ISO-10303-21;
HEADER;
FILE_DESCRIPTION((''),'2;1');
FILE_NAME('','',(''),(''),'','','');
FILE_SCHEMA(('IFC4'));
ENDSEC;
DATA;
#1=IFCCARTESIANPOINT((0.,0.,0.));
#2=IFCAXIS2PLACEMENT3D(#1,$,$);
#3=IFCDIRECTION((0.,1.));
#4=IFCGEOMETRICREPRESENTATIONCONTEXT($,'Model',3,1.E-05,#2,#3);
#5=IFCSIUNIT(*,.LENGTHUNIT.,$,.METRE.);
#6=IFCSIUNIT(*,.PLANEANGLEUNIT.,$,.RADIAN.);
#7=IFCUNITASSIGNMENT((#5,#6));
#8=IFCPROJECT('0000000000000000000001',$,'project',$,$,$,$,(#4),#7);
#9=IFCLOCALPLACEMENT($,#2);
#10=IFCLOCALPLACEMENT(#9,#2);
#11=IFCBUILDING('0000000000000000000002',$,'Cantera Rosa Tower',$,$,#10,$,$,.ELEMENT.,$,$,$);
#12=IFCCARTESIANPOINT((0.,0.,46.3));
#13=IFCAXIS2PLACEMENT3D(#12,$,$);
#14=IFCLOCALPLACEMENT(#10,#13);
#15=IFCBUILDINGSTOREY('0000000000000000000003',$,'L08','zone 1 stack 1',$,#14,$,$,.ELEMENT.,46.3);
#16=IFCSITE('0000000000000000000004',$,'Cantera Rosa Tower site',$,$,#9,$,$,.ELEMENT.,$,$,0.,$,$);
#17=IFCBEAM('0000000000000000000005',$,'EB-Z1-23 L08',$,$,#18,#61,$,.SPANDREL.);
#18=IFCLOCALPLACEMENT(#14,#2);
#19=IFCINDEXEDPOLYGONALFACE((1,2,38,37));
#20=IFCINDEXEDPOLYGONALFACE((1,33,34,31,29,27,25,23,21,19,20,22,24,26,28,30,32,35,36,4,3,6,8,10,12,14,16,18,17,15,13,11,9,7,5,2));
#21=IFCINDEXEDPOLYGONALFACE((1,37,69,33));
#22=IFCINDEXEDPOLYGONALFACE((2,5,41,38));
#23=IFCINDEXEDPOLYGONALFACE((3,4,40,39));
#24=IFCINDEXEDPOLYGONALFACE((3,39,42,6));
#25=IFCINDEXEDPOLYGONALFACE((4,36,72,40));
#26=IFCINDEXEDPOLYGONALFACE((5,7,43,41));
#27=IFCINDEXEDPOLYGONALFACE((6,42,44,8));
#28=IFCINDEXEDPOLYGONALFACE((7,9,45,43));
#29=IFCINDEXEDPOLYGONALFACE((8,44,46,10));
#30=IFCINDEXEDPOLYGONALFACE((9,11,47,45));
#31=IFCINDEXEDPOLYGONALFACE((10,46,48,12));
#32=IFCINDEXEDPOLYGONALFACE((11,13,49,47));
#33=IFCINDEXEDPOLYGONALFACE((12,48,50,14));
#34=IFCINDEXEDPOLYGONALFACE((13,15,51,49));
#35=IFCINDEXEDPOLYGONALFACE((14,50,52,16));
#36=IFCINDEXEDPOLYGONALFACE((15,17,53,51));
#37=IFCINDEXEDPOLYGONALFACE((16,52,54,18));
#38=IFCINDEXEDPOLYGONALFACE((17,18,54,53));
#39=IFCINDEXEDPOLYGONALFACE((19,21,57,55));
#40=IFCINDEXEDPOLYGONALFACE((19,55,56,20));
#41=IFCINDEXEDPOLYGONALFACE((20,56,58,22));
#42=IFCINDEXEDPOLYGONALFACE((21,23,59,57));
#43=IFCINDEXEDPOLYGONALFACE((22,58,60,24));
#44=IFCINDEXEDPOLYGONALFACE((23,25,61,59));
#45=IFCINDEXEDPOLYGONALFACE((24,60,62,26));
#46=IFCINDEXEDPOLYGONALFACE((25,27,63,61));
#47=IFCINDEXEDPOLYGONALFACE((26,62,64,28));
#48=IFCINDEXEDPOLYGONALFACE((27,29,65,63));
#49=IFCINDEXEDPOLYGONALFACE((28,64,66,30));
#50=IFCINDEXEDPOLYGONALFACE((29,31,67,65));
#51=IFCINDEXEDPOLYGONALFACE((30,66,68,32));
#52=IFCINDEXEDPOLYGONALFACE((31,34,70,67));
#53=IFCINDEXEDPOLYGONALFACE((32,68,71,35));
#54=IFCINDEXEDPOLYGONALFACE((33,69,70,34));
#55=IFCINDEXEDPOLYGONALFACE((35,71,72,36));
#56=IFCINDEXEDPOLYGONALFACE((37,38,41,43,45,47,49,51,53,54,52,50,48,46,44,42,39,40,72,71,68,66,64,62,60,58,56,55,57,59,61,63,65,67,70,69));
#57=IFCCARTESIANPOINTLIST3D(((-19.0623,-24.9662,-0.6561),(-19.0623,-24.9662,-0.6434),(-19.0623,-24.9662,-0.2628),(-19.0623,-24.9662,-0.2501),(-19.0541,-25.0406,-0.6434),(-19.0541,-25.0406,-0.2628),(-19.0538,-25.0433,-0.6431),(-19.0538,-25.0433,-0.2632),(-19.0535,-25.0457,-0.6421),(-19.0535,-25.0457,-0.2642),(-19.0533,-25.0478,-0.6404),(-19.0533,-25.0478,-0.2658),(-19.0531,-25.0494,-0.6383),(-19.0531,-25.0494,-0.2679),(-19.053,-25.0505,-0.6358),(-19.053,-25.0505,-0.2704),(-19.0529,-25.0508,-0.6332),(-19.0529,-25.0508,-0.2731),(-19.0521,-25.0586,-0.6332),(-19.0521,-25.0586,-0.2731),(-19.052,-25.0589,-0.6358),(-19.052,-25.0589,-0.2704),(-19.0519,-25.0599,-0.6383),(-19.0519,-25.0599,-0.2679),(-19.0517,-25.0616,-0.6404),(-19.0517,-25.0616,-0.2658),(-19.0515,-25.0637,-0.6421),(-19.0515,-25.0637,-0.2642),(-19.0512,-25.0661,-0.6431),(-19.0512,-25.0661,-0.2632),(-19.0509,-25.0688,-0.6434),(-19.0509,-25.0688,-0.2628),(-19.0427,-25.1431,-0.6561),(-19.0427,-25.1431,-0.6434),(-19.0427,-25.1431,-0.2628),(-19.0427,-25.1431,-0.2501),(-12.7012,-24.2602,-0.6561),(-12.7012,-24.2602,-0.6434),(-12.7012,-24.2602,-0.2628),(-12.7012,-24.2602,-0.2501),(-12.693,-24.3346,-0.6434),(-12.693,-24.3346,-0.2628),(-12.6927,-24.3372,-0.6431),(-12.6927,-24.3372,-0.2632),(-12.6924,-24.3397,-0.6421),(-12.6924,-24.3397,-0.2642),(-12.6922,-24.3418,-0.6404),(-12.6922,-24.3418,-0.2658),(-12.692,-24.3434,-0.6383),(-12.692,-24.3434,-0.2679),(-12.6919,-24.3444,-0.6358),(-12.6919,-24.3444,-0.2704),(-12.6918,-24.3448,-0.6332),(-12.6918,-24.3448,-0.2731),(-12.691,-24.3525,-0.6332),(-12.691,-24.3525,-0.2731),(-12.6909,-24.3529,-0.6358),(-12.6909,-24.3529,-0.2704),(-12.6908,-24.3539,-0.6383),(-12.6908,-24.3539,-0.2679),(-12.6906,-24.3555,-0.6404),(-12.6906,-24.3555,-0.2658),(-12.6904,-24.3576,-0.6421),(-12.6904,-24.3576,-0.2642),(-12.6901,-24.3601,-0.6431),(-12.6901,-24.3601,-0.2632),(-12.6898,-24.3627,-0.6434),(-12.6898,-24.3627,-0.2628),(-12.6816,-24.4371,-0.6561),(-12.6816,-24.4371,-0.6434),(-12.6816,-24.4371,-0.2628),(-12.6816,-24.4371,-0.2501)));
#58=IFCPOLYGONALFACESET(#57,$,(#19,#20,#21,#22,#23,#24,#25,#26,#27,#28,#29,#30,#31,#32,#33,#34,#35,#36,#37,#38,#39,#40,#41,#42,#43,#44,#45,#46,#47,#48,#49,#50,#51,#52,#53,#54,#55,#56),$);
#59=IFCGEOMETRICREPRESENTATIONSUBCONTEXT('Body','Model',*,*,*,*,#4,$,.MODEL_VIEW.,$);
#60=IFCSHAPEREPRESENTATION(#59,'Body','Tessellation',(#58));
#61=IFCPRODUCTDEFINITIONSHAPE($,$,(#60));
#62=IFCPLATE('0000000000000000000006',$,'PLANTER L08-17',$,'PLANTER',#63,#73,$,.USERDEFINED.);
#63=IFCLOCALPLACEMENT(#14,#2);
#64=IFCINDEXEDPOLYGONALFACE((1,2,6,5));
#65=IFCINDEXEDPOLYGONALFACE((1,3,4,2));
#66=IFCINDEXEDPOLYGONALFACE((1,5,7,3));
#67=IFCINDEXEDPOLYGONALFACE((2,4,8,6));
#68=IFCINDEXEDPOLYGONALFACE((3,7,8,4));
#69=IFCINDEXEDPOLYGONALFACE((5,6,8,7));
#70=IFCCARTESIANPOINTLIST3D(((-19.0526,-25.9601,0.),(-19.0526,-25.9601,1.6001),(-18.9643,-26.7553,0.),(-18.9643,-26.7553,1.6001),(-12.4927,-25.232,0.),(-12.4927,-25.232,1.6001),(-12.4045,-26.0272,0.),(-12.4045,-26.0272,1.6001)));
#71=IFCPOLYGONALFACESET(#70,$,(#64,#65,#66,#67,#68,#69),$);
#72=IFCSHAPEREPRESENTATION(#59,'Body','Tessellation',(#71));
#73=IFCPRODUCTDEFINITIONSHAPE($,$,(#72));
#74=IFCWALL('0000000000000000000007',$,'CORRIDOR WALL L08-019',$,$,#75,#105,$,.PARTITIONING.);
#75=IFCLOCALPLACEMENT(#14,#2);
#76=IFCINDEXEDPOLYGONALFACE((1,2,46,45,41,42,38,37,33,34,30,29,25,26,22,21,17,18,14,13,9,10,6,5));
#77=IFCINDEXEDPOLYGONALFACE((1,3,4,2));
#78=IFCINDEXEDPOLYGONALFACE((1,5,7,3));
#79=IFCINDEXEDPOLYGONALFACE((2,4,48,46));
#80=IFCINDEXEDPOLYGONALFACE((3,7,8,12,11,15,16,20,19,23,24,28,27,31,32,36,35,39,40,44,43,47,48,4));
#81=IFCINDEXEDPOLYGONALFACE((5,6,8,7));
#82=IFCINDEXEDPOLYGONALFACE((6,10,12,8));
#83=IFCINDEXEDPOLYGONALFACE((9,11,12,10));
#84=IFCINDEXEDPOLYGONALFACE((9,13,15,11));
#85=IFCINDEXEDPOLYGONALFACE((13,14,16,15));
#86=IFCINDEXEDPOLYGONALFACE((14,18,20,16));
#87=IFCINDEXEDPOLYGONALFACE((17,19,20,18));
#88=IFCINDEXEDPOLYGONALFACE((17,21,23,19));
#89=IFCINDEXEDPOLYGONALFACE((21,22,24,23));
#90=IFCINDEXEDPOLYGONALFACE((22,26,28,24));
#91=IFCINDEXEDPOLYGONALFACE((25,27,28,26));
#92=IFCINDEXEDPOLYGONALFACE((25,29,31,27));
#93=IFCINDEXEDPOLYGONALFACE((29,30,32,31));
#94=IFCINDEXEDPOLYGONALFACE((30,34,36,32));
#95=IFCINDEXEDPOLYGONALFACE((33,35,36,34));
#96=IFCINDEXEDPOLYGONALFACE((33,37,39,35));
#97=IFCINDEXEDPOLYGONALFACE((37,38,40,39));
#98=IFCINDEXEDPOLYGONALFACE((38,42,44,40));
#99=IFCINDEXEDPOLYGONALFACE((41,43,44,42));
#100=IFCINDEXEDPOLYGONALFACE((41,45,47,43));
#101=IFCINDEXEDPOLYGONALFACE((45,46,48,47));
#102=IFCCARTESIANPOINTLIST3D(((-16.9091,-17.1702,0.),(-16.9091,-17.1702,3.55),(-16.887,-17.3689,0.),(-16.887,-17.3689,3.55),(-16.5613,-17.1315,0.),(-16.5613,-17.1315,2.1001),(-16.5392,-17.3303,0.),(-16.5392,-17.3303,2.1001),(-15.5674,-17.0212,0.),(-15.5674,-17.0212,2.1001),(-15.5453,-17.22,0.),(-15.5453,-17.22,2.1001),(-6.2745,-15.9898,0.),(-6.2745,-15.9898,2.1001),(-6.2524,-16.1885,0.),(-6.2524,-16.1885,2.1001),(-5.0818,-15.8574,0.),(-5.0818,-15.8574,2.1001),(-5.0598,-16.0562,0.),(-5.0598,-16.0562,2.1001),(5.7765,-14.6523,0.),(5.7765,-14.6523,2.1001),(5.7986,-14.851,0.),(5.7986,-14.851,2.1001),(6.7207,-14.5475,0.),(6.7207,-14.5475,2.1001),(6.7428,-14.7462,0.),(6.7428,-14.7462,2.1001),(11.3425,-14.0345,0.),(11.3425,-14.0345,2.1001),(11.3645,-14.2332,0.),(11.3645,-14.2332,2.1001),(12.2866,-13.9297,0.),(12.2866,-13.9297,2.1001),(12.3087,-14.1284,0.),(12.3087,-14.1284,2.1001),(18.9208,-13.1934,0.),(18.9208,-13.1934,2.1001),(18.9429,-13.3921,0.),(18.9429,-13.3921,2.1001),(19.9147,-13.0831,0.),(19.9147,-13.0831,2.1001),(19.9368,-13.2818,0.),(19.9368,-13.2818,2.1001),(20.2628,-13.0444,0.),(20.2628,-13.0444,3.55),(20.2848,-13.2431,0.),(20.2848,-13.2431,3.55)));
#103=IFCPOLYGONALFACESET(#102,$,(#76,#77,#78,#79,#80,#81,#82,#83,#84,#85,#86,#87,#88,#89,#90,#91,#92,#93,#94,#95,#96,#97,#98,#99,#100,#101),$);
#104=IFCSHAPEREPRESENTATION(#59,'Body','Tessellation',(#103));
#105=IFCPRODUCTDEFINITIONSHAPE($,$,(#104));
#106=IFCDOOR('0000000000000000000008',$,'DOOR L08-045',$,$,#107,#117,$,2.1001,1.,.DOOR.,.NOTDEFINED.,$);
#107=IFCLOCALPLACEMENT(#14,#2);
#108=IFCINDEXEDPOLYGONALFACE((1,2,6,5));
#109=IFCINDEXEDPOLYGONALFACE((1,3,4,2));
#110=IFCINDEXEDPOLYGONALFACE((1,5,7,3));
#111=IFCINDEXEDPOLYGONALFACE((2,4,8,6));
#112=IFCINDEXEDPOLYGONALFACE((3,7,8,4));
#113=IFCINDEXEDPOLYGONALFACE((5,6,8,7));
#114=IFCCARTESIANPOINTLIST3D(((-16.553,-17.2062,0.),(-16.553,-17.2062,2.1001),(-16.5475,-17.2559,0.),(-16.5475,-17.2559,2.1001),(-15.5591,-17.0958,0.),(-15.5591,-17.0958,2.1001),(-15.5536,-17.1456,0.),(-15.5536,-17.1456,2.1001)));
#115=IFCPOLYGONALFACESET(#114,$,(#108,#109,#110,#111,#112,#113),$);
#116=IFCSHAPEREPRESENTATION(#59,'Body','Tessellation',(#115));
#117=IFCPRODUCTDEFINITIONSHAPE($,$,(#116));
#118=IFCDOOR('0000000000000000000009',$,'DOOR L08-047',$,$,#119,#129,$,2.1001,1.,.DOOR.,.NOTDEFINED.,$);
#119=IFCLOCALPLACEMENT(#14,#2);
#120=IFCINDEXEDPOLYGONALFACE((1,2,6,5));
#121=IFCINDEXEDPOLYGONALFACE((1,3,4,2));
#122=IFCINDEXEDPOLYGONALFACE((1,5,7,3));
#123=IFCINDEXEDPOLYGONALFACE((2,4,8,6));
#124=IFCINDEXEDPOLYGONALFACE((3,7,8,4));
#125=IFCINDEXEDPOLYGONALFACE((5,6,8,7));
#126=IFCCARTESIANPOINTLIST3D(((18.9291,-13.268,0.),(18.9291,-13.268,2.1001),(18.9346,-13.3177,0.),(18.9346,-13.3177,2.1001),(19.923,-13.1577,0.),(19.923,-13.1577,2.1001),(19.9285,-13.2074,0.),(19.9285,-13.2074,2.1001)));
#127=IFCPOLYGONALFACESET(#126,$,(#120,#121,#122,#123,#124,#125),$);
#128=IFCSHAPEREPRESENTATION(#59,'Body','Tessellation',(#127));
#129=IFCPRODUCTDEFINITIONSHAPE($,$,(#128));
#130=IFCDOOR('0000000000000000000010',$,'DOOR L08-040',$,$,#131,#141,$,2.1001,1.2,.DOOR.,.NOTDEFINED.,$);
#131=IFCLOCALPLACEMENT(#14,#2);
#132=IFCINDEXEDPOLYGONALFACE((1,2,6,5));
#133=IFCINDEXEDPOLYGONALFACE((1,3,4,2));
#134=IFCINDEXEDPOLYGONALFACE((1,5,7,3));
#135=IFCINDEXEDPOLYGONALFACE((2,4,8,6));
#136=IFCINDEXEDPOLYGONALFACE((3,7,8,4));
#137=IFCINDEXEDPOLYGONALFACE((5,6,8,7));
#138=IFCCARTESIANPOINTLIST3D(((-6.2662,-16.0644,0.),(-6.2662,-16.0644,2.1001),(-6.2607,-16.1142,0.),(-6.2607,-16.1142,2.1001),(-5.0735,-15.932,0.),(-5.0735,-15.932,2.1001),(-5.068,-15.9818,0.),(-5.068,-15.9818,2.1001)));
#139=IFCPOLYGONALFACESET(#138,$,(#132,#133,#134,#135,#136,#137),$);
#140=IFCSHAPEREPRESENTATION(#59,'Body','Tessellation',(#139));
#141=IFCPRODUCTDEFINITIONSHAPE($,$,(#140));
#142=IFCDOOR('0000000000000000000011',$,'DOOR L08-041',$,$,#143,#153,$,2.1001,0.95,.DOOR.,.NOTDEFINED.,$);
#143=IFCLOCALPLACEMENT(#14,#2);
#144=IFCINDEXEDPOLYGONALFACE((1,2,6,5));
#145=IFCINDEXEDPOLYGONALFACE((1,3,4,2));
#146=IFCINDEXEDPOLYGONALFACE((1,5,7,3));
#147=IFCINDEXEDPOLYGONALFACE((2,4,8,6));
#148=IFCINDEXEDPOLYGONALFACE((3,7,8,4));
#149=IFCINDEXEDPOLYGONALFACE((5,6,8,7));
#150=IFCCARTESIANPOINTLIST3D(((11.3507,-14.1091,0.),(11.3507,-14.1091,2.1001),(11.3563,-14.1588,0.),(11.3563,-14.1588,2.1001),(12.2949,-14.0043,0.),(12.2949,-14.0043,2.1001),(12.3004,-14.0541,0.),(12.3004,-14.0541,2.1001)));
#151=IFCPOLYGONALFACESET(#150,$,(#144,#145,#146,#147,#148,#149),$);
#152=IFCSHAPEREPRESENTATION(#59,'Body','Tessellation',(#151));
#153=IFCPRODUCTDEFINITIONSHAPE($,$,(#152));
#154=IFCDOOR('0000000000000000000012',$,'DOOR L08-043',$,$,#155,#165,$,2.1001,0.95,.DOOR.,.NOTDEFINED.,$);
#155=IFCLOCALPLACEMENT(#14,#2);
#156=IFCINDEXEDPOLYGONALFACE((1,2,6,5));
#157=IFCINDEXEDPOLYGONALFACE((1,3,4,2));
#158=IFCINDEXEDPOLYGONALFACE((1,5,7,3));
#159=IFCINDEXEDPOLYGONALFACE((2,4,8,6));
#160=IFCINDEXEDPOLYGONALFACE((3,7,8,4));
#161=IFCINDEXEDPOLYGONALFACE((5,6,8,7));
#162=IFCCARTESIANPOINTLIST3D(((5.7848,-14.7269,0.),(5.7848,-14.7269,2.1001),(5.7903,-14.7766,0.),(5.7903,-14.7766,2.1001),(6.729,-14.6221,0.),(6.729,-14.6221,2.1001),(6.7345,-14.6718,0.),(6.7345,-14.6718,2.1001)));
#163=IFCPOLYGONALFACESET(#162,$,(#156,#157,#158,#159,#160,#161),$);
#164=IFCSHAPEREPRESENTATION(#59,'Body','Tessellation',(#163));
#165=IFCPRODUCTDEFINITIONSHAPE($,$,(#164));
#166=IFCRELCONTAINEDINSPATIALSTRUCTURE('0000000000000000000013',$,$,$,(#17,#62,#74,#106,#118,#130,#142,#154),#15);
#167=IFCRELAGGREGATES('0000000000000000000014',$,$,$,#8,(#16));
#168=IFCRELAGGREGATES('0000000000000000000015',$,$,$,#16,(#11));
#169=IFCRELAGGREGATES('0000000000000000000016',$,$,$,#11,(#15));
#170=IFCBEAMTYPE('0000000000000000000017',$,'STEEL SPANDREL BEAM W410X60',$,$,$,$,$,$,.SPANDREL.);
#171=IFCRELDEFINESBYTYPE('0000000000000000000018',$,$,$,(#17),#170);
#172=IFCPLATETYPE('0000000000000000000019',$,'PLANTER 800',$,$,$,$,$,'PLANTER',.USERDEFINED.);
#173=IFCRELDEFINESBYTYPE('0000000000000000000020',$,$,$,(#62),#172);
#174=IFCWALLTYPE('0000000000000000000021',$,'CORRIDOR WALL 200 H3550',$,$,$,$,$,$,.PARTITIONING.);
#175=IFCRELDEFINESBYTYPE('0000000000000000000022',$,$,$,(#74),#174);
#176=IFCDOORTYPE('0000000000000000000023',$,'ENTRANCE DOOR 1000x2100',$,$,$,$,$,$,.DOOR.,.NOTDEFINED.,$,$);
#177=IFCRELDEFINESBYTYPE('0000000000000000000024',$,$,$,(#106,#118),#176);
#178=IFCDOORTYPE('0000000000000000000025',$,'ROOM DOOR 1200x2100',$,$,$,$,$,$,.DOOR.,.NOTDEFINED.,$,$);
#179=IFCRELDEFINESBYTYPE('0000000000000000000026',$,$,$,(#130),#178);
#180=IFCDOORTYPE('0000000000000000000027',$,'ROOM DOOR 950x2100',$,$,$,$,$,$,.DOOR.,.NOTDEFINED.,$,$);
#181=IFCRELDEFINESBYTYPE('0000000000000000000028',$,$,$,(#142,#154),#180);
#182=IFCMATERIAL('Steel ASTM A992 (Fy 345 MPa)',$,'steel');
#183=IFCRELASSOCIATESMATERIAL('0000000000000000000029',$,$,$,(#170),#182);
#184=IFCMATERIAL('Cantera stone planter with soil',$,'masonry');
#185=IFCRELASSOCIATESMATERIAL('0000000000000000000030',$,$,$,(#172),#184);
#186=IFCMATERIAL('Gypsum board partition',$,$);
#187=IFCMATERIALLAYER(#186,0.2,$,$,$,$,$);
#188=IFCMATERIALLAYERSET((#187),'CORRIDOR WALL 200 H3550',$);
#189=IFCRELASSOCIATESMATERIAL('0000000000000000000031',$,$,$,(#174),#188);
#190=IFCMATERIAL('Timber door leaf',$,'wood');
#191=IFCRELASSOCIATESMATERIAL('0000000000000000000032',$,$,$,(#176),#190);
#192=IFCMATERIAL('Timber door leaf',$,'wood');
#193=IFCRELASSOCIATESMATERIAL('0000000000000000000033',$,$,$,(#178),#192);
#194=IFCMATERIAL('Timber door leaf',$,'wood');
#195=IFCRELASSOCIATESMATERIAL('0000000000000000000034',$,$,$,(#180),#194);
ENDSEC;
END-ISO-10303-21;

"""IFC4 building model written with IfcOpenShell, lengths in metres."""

from ifc_helpers import new_model, si_unit, direction, frame, frame_2d, origin, origin_2d, place, context, subcontext, project, spatial, rectangle, i_section, extrude, material, layer, layer_set, material_profile, profile_set, type_object, element, fill, save


model = new_model("IFC4")

# Units and contexts
model_context = context("Model", 3, precision=1e-05, world=origin(), true_north=direction((0.0, 1.0)))
body_context = subcontext(model_context, "Body", "Model", "MODEL_VIEW")
ifc_project = project(units=[si_unit("LENGTHUNIT", "METRE"), si_unit("PLANEANGLEUNIT", "RADIAN")], contexts=[model_context])

# Site, building, storey
site_placement = place(None, origin())
site = spatial("IfcSite", under=ifc_project, at=site_placement, Name="Cantera Rosa Tower site", CompositionType="ELEMENT", RefElevation=0.0)
building_placement = place(site_placement, origin())
building = spatial("IfcBuilding", under=site, at=building_placement, Name="Cantera Rosa Tower", CompositionType="ELEMENT")
storey_placement = place(building_placement, frame((0.0, 0.0, 46.3)))
storey = spatial("IfcBuildingStorey", under=building, at=storey_placement, Name="L08", Description="zone 1 stack 1", CompositionType="ELEMENT", Elevation=46.3)

# Beam
ifc_material_1 = material(Name="Steel ASTM A992 (Fy 345 MPa)", Category="steel")
ifc_material_profile_1 = material_profile(ifc_material_1, i_section(OverallWidth=0.178, OverallDepth=0.406, WebThickness=0.0078, FlangeThickness=0.0127, FilletRadius=0.0103, at=origin_2d()), Name="W410X60")
ifc_profile_set_1 = profile_set([ifc_material_profile_1], Name="Steel ASTM A992 (Fy 345 MPa)")
beam_type_1 = type_object("IfcBeamType", Name="STEEL SPANDREL BEAM W410X60", PredefinedType="SPANDREL", material=ifc_profile_set_1)
beam_1_placement = place(storey_placement, frame((-19.0525, -25.0547, -0.4531), z_axis=(0.993896, 0.110318, 0.0), x_axis=(-0.110318, 0.993896, 0.0)))
element("IfcBeam", 1, at=beam_1_placement, inside=storey, type_object=beam_type_1, Name="EB-Z1-23 L08", PredefinedType="SPANDREL", context=body_context, shape_type="SweptSolid", body=[
    extrude(i_section(OverallWidth=0.178, OverallDepth=0.406, WebThickness=0.0078, FlangeThickness=0.0127, FilletRadius=0.0103, at=origin_2d()), origin(), (0.0, 0.0, 1.0), 6.4001),
])

# Plate
ifc_material_2 = material(Name="Cantera stone planter with soil", Category="masonry")
plate_type = type_object("IfcPlateType", Name="PLANTER 800", ElementType="PLANTER", PredefinedType="USERDEFINED", material=ifc_material_2)
plate_placement = place(storey_placement, frame((-15.7285, -25.9937, 0.0), z_axis=(0.0, 0.0, 1.0), x_axis=(0.993897, 0.110313, 0.0)))
element("IfcPlate", 2, at=plate_placement, inside=storey, type_object=plate_type, Name="PLANTER L08-17", ObjectType="PLANTER", PredefinedType="USERDEFINED", context=body_context, shape_type="SweptSolid", body=[
    extrude(rectangle(XDim=6.6001, YDim=0.8, at=origin_2d()), origin(), (0.0, 0.0, 1.0), 1.6001),
])

# Wall, openings, doors
ifc_material_3 = material(Name="Gypsum board partition")
ifc_layer_1 = layer(ifc_material_3, 0.2)
ifc_layer_set_1 = layer_set([ifc_layer_1], Name="CORRIDOR WALL 200 H3550")
wall_type_1 = type_object("IfcWallType", Name="CORRIDOR WALL 200 H3550", PredefinedType="PARTITIONING", material=ifc_layer_set_1)
wall_1_placement = place(storey_placement, frame((-16.8982, -17.2695, 0.0), z_axis=(0.0, 0.0, 1.0), x_axis=(0.993897, 0.110313, 0.0)))
wall_1 = element("IfcWall", 3, at=wall_1_placement, inside=storey, type_object=wall_type_1, Name="CORRIDOR WALL L08-019", PredefinedType="PARTITIONING", context=body_context, shape_type="SweptSolid", body=[
    extrude(rectangle(XDim=37.4001, YDim=0.2, at=frame_2d((18.7002, 0.0))), origin(), (0.0, 0.0, 1.0), 3.55),
])
opening_1_placement = place(wall_1_placement, frame((10.7, 0.0, 0.0)))
opening_1 = element("IfcOpeningElement", 4, at=opening_1_placement, cuts=wall_1, PredefinedType="OPENING", context=body_context, shape_type="SweptSolid", body=[
    extrude(rectangle(XDim=1.2, YDim=2.1001, at=frame_2d((0.6001, 1.05))), frame((0.0, 0.1099, 0.0), z_axis=(0.0, -1.0, 0.0), x_axis=(1.0, 0.0, 0.0)), (0.0, 0.0, 1.0), 0.22),
])
opening_2_placement = place(wall_1_placement, frame((28.425, 0.0, 0.0)))
opening_2 = element("IfcOpeningElement", 5, at=opening_2_placement, cuts=wall_1, PredefinedType="OPENING", context=body_context, shape_type="SweptSolid", body=[
    extrude(rectangle(XDim=0.95, YDim=2.1001, at=frame_2d((0.4751, 1.05))), frame((0.0, 0.1099, 0.0), z_axis=(0.0, -1.0, 0.0), x_axis=(1.0, 0.0, 0.0)), (0.0, 0.0, 1.0), 0.22),
])
opening_3_placement = place(wall_1_placement, frame((22.825, 0.0, 0.0)))
opening_3 = element("IfcOpeningElement", 6, at=opening_3_placement, cuts=wall_1, PredefinedType="OPENING", context=body_context, shape_type="SweptSolid", body=[
    extrude(rectangle(XDim=0.95, YDim=2.1001, at=frame_2d((0.4751, 1.05))), frame((0.0, 0.1099, 0.0), z_axis=(0.0, -1.0, 0.0), x_axis=(1.0, 0.0, 0.0)), (0.0, 0.0, 1.0), 0.22),
])
opening_4_placement = place(wall_1_placement, frame((0.3501, 0.0, 0.0)))
opening_4 = element("IfcOpeningElement", 7, at=opening_4_placement, cuts=wall_1, PredefinedType="OPENING", context=body_context, shape_type="SweptSolid", body=[
    extrude(rectangle(XDim=1.0, YDim=2.1001, at=frame_2d((0.5, 1.05))), frame((0.0, 0.1099, 0.0), z_axis=(0.0, -1.0, 0.0), x_axis=(1.0, 0.0, 0.0)), (0.0, 0.0, 1.0), 0.22),
])
opening_5_placement = place(wall_1_placement, frame((36.05, 0.0, 0.0)))
opening_5 = element("IfcOpeningElement", 8, at=opening_5_placement, cuts=wall_1, PredefinedType="OPENING", context=body_context, shape_type="SweptSolid", body=[
    extrude(rectangle(XDim=1.0, YDim=2.1001, at=frame_2d((0.5, 1.05))), frame((0.0, 0.1099, 0.0), z_axis=(0.0, -1.0, 0.0), x_axis=(1.0, 0.0, 0.0)), (0.0, 0.0, 1.0), 0.22),
])
ifc_material_4 = material(Name="Timber door leaf", Category="wood")
door_type_1 = type_object("IfcDoorType", Name="ENTRANCE DOOR 1000x2100", OperationType="NOTDEFINED", PredefinedType="DOOR", material=ifc_material_4)
door_1_placement = place(opening_4_placement, origin())
door_1 = element("IfcDoor", 9, at=door_1_placement, inside=storey, type_object=door_type_1, Name="DOOR L08-045", OperationType="NOTDEFINED", OverallHeight=2.1001, OverallWidth=1.0, PredefinedType="DOOR", context=body_context, shape_type="SweptSolid", body=[
    extrude(rectangle(XDim=1.0, YDim=2.1001, at=frame_2d((0.5, 1.05))), frame((0.0, 0.0249, 0.0), z_axis=(0.0, -1.0, 0.0), x_axis=(1.0, 0.0, 0.0)), (0.0, 0.0, 1.0), 0.05),
])
fill(opening_4, door_1)
door_2_placement = place(opening_5_placement, origin())
door_2 = element("IfcDoor", 10, at=door_2_placement, inside=storey, type_object=door_type_1, Name="DOOR L08-047", OperationType="NOTDEFINED", OverallHeight=2.1001, OverallWidth=1.0, PredefinedType="DOOR", context=body_context, shape_type="SweptSolid", body=[
    extrude(rectangle(XDim=1.0, YDim=2.1001, at=frame_2d((0.5, 1.05))), frame((0.0, 0.0249, 0.0), z_axis=(0.0, -1.0, 0.0), x_axis=(1.0, 0.0, 0.0)), (0.0, 0.0, 1.0), 0.05),
])
fill(opening_5, door_2)
ifc_material_5 = material(Name="Timber door leaf", Category="wood")
door_type_2 = type_object("IfcDoorType", Name="ROOM DOOR 1200x2100", OperationType="NOTDEFINED", PredefinedType="DOOR", material=ifc_material_5)
door_3_placement = place(opening_1_placement, origin())
door_3 = element("IfcDoor", 11, at=door_3_placement, inside=storey, type_object=door_type_2, Name="DOOR L08-040", OperationType="NOTDEFINED", OverallHeight=2.1001, OverallWidth=1.2, PredefinedType="DOOR", context=body_context, shape_type="SweptSolid", body=[
    extrude(rectangle(XDim=1.2, YDim=2.1001, at=frame_2d((0.6001, 1.05))), frame((0.0, 0.0249, 0.0), z_axis=(0.0, -1.0, 0.0), x_axis=(1.0, 0.0, 0.0)), (0.0, 0.0, 1.0), 0.05),
])
fill(opening_1, door_3)
ifc_material_6 = material(Name="Timber door leaf", Category="wood")
door_type_3 = type_object("IfcDoorType", Name="ROOM DOOR 950x2100", OperationType="NOTDEFINED", PredefinedType="DOOR", material=ifc_material_6)
door_4_placement = place(opening_2_placement, origin())
door_4 = element("IfcDoor", 12, at=door_4_placement, inside=storey, type_object=door_type_3, Name="DOOR L08-041", OperationType="NOTDEFINED", OverallHeight=2.1001, OverallWidth=0.95, PredefinedType="DOOR", context=body_context, shape_type="SweptSolid", body=[
    extrude(rectangle(XDim=0.95, YDim=2.1001, at=frame_2d((0.4751, 1.05))), frame((0.0, 0.0249, 0.0), z_axis=(0.0, -1.0, 0.0), x_axis=(1.0, 0.0, 0.0)), (0.0, 0.0, 1.0), 0.05),
])
fill(opening_2, door_4)
door_5_placement = place(opening_3_placement, origin())
door_5 = element("IfcDoor", 13, at=door_5_placement, inside=storey, type_object=door_type_3, Name="DOOR L08-043", OperationType="NOTDEFINED", OverallHeight=2.1001, OverallWidth=0.95, PredefinedType="DOOR", context=body_context, shape_type="SweptSolid", body=[
    extrude(rectangle(XDim=0.95, YDim=2.1001, at=frame_2d((0.4751, 1.05))), frame((0.0, 0.0249, 0.0), z_axis=(0.0, -1.0, 0.0), x_axis=(1.0, 0.0, 0.0)), (0.0, 0.0, 1.0), 0.05),
])
fill(opening_3, door_5)

save(model, "model.ifc")
